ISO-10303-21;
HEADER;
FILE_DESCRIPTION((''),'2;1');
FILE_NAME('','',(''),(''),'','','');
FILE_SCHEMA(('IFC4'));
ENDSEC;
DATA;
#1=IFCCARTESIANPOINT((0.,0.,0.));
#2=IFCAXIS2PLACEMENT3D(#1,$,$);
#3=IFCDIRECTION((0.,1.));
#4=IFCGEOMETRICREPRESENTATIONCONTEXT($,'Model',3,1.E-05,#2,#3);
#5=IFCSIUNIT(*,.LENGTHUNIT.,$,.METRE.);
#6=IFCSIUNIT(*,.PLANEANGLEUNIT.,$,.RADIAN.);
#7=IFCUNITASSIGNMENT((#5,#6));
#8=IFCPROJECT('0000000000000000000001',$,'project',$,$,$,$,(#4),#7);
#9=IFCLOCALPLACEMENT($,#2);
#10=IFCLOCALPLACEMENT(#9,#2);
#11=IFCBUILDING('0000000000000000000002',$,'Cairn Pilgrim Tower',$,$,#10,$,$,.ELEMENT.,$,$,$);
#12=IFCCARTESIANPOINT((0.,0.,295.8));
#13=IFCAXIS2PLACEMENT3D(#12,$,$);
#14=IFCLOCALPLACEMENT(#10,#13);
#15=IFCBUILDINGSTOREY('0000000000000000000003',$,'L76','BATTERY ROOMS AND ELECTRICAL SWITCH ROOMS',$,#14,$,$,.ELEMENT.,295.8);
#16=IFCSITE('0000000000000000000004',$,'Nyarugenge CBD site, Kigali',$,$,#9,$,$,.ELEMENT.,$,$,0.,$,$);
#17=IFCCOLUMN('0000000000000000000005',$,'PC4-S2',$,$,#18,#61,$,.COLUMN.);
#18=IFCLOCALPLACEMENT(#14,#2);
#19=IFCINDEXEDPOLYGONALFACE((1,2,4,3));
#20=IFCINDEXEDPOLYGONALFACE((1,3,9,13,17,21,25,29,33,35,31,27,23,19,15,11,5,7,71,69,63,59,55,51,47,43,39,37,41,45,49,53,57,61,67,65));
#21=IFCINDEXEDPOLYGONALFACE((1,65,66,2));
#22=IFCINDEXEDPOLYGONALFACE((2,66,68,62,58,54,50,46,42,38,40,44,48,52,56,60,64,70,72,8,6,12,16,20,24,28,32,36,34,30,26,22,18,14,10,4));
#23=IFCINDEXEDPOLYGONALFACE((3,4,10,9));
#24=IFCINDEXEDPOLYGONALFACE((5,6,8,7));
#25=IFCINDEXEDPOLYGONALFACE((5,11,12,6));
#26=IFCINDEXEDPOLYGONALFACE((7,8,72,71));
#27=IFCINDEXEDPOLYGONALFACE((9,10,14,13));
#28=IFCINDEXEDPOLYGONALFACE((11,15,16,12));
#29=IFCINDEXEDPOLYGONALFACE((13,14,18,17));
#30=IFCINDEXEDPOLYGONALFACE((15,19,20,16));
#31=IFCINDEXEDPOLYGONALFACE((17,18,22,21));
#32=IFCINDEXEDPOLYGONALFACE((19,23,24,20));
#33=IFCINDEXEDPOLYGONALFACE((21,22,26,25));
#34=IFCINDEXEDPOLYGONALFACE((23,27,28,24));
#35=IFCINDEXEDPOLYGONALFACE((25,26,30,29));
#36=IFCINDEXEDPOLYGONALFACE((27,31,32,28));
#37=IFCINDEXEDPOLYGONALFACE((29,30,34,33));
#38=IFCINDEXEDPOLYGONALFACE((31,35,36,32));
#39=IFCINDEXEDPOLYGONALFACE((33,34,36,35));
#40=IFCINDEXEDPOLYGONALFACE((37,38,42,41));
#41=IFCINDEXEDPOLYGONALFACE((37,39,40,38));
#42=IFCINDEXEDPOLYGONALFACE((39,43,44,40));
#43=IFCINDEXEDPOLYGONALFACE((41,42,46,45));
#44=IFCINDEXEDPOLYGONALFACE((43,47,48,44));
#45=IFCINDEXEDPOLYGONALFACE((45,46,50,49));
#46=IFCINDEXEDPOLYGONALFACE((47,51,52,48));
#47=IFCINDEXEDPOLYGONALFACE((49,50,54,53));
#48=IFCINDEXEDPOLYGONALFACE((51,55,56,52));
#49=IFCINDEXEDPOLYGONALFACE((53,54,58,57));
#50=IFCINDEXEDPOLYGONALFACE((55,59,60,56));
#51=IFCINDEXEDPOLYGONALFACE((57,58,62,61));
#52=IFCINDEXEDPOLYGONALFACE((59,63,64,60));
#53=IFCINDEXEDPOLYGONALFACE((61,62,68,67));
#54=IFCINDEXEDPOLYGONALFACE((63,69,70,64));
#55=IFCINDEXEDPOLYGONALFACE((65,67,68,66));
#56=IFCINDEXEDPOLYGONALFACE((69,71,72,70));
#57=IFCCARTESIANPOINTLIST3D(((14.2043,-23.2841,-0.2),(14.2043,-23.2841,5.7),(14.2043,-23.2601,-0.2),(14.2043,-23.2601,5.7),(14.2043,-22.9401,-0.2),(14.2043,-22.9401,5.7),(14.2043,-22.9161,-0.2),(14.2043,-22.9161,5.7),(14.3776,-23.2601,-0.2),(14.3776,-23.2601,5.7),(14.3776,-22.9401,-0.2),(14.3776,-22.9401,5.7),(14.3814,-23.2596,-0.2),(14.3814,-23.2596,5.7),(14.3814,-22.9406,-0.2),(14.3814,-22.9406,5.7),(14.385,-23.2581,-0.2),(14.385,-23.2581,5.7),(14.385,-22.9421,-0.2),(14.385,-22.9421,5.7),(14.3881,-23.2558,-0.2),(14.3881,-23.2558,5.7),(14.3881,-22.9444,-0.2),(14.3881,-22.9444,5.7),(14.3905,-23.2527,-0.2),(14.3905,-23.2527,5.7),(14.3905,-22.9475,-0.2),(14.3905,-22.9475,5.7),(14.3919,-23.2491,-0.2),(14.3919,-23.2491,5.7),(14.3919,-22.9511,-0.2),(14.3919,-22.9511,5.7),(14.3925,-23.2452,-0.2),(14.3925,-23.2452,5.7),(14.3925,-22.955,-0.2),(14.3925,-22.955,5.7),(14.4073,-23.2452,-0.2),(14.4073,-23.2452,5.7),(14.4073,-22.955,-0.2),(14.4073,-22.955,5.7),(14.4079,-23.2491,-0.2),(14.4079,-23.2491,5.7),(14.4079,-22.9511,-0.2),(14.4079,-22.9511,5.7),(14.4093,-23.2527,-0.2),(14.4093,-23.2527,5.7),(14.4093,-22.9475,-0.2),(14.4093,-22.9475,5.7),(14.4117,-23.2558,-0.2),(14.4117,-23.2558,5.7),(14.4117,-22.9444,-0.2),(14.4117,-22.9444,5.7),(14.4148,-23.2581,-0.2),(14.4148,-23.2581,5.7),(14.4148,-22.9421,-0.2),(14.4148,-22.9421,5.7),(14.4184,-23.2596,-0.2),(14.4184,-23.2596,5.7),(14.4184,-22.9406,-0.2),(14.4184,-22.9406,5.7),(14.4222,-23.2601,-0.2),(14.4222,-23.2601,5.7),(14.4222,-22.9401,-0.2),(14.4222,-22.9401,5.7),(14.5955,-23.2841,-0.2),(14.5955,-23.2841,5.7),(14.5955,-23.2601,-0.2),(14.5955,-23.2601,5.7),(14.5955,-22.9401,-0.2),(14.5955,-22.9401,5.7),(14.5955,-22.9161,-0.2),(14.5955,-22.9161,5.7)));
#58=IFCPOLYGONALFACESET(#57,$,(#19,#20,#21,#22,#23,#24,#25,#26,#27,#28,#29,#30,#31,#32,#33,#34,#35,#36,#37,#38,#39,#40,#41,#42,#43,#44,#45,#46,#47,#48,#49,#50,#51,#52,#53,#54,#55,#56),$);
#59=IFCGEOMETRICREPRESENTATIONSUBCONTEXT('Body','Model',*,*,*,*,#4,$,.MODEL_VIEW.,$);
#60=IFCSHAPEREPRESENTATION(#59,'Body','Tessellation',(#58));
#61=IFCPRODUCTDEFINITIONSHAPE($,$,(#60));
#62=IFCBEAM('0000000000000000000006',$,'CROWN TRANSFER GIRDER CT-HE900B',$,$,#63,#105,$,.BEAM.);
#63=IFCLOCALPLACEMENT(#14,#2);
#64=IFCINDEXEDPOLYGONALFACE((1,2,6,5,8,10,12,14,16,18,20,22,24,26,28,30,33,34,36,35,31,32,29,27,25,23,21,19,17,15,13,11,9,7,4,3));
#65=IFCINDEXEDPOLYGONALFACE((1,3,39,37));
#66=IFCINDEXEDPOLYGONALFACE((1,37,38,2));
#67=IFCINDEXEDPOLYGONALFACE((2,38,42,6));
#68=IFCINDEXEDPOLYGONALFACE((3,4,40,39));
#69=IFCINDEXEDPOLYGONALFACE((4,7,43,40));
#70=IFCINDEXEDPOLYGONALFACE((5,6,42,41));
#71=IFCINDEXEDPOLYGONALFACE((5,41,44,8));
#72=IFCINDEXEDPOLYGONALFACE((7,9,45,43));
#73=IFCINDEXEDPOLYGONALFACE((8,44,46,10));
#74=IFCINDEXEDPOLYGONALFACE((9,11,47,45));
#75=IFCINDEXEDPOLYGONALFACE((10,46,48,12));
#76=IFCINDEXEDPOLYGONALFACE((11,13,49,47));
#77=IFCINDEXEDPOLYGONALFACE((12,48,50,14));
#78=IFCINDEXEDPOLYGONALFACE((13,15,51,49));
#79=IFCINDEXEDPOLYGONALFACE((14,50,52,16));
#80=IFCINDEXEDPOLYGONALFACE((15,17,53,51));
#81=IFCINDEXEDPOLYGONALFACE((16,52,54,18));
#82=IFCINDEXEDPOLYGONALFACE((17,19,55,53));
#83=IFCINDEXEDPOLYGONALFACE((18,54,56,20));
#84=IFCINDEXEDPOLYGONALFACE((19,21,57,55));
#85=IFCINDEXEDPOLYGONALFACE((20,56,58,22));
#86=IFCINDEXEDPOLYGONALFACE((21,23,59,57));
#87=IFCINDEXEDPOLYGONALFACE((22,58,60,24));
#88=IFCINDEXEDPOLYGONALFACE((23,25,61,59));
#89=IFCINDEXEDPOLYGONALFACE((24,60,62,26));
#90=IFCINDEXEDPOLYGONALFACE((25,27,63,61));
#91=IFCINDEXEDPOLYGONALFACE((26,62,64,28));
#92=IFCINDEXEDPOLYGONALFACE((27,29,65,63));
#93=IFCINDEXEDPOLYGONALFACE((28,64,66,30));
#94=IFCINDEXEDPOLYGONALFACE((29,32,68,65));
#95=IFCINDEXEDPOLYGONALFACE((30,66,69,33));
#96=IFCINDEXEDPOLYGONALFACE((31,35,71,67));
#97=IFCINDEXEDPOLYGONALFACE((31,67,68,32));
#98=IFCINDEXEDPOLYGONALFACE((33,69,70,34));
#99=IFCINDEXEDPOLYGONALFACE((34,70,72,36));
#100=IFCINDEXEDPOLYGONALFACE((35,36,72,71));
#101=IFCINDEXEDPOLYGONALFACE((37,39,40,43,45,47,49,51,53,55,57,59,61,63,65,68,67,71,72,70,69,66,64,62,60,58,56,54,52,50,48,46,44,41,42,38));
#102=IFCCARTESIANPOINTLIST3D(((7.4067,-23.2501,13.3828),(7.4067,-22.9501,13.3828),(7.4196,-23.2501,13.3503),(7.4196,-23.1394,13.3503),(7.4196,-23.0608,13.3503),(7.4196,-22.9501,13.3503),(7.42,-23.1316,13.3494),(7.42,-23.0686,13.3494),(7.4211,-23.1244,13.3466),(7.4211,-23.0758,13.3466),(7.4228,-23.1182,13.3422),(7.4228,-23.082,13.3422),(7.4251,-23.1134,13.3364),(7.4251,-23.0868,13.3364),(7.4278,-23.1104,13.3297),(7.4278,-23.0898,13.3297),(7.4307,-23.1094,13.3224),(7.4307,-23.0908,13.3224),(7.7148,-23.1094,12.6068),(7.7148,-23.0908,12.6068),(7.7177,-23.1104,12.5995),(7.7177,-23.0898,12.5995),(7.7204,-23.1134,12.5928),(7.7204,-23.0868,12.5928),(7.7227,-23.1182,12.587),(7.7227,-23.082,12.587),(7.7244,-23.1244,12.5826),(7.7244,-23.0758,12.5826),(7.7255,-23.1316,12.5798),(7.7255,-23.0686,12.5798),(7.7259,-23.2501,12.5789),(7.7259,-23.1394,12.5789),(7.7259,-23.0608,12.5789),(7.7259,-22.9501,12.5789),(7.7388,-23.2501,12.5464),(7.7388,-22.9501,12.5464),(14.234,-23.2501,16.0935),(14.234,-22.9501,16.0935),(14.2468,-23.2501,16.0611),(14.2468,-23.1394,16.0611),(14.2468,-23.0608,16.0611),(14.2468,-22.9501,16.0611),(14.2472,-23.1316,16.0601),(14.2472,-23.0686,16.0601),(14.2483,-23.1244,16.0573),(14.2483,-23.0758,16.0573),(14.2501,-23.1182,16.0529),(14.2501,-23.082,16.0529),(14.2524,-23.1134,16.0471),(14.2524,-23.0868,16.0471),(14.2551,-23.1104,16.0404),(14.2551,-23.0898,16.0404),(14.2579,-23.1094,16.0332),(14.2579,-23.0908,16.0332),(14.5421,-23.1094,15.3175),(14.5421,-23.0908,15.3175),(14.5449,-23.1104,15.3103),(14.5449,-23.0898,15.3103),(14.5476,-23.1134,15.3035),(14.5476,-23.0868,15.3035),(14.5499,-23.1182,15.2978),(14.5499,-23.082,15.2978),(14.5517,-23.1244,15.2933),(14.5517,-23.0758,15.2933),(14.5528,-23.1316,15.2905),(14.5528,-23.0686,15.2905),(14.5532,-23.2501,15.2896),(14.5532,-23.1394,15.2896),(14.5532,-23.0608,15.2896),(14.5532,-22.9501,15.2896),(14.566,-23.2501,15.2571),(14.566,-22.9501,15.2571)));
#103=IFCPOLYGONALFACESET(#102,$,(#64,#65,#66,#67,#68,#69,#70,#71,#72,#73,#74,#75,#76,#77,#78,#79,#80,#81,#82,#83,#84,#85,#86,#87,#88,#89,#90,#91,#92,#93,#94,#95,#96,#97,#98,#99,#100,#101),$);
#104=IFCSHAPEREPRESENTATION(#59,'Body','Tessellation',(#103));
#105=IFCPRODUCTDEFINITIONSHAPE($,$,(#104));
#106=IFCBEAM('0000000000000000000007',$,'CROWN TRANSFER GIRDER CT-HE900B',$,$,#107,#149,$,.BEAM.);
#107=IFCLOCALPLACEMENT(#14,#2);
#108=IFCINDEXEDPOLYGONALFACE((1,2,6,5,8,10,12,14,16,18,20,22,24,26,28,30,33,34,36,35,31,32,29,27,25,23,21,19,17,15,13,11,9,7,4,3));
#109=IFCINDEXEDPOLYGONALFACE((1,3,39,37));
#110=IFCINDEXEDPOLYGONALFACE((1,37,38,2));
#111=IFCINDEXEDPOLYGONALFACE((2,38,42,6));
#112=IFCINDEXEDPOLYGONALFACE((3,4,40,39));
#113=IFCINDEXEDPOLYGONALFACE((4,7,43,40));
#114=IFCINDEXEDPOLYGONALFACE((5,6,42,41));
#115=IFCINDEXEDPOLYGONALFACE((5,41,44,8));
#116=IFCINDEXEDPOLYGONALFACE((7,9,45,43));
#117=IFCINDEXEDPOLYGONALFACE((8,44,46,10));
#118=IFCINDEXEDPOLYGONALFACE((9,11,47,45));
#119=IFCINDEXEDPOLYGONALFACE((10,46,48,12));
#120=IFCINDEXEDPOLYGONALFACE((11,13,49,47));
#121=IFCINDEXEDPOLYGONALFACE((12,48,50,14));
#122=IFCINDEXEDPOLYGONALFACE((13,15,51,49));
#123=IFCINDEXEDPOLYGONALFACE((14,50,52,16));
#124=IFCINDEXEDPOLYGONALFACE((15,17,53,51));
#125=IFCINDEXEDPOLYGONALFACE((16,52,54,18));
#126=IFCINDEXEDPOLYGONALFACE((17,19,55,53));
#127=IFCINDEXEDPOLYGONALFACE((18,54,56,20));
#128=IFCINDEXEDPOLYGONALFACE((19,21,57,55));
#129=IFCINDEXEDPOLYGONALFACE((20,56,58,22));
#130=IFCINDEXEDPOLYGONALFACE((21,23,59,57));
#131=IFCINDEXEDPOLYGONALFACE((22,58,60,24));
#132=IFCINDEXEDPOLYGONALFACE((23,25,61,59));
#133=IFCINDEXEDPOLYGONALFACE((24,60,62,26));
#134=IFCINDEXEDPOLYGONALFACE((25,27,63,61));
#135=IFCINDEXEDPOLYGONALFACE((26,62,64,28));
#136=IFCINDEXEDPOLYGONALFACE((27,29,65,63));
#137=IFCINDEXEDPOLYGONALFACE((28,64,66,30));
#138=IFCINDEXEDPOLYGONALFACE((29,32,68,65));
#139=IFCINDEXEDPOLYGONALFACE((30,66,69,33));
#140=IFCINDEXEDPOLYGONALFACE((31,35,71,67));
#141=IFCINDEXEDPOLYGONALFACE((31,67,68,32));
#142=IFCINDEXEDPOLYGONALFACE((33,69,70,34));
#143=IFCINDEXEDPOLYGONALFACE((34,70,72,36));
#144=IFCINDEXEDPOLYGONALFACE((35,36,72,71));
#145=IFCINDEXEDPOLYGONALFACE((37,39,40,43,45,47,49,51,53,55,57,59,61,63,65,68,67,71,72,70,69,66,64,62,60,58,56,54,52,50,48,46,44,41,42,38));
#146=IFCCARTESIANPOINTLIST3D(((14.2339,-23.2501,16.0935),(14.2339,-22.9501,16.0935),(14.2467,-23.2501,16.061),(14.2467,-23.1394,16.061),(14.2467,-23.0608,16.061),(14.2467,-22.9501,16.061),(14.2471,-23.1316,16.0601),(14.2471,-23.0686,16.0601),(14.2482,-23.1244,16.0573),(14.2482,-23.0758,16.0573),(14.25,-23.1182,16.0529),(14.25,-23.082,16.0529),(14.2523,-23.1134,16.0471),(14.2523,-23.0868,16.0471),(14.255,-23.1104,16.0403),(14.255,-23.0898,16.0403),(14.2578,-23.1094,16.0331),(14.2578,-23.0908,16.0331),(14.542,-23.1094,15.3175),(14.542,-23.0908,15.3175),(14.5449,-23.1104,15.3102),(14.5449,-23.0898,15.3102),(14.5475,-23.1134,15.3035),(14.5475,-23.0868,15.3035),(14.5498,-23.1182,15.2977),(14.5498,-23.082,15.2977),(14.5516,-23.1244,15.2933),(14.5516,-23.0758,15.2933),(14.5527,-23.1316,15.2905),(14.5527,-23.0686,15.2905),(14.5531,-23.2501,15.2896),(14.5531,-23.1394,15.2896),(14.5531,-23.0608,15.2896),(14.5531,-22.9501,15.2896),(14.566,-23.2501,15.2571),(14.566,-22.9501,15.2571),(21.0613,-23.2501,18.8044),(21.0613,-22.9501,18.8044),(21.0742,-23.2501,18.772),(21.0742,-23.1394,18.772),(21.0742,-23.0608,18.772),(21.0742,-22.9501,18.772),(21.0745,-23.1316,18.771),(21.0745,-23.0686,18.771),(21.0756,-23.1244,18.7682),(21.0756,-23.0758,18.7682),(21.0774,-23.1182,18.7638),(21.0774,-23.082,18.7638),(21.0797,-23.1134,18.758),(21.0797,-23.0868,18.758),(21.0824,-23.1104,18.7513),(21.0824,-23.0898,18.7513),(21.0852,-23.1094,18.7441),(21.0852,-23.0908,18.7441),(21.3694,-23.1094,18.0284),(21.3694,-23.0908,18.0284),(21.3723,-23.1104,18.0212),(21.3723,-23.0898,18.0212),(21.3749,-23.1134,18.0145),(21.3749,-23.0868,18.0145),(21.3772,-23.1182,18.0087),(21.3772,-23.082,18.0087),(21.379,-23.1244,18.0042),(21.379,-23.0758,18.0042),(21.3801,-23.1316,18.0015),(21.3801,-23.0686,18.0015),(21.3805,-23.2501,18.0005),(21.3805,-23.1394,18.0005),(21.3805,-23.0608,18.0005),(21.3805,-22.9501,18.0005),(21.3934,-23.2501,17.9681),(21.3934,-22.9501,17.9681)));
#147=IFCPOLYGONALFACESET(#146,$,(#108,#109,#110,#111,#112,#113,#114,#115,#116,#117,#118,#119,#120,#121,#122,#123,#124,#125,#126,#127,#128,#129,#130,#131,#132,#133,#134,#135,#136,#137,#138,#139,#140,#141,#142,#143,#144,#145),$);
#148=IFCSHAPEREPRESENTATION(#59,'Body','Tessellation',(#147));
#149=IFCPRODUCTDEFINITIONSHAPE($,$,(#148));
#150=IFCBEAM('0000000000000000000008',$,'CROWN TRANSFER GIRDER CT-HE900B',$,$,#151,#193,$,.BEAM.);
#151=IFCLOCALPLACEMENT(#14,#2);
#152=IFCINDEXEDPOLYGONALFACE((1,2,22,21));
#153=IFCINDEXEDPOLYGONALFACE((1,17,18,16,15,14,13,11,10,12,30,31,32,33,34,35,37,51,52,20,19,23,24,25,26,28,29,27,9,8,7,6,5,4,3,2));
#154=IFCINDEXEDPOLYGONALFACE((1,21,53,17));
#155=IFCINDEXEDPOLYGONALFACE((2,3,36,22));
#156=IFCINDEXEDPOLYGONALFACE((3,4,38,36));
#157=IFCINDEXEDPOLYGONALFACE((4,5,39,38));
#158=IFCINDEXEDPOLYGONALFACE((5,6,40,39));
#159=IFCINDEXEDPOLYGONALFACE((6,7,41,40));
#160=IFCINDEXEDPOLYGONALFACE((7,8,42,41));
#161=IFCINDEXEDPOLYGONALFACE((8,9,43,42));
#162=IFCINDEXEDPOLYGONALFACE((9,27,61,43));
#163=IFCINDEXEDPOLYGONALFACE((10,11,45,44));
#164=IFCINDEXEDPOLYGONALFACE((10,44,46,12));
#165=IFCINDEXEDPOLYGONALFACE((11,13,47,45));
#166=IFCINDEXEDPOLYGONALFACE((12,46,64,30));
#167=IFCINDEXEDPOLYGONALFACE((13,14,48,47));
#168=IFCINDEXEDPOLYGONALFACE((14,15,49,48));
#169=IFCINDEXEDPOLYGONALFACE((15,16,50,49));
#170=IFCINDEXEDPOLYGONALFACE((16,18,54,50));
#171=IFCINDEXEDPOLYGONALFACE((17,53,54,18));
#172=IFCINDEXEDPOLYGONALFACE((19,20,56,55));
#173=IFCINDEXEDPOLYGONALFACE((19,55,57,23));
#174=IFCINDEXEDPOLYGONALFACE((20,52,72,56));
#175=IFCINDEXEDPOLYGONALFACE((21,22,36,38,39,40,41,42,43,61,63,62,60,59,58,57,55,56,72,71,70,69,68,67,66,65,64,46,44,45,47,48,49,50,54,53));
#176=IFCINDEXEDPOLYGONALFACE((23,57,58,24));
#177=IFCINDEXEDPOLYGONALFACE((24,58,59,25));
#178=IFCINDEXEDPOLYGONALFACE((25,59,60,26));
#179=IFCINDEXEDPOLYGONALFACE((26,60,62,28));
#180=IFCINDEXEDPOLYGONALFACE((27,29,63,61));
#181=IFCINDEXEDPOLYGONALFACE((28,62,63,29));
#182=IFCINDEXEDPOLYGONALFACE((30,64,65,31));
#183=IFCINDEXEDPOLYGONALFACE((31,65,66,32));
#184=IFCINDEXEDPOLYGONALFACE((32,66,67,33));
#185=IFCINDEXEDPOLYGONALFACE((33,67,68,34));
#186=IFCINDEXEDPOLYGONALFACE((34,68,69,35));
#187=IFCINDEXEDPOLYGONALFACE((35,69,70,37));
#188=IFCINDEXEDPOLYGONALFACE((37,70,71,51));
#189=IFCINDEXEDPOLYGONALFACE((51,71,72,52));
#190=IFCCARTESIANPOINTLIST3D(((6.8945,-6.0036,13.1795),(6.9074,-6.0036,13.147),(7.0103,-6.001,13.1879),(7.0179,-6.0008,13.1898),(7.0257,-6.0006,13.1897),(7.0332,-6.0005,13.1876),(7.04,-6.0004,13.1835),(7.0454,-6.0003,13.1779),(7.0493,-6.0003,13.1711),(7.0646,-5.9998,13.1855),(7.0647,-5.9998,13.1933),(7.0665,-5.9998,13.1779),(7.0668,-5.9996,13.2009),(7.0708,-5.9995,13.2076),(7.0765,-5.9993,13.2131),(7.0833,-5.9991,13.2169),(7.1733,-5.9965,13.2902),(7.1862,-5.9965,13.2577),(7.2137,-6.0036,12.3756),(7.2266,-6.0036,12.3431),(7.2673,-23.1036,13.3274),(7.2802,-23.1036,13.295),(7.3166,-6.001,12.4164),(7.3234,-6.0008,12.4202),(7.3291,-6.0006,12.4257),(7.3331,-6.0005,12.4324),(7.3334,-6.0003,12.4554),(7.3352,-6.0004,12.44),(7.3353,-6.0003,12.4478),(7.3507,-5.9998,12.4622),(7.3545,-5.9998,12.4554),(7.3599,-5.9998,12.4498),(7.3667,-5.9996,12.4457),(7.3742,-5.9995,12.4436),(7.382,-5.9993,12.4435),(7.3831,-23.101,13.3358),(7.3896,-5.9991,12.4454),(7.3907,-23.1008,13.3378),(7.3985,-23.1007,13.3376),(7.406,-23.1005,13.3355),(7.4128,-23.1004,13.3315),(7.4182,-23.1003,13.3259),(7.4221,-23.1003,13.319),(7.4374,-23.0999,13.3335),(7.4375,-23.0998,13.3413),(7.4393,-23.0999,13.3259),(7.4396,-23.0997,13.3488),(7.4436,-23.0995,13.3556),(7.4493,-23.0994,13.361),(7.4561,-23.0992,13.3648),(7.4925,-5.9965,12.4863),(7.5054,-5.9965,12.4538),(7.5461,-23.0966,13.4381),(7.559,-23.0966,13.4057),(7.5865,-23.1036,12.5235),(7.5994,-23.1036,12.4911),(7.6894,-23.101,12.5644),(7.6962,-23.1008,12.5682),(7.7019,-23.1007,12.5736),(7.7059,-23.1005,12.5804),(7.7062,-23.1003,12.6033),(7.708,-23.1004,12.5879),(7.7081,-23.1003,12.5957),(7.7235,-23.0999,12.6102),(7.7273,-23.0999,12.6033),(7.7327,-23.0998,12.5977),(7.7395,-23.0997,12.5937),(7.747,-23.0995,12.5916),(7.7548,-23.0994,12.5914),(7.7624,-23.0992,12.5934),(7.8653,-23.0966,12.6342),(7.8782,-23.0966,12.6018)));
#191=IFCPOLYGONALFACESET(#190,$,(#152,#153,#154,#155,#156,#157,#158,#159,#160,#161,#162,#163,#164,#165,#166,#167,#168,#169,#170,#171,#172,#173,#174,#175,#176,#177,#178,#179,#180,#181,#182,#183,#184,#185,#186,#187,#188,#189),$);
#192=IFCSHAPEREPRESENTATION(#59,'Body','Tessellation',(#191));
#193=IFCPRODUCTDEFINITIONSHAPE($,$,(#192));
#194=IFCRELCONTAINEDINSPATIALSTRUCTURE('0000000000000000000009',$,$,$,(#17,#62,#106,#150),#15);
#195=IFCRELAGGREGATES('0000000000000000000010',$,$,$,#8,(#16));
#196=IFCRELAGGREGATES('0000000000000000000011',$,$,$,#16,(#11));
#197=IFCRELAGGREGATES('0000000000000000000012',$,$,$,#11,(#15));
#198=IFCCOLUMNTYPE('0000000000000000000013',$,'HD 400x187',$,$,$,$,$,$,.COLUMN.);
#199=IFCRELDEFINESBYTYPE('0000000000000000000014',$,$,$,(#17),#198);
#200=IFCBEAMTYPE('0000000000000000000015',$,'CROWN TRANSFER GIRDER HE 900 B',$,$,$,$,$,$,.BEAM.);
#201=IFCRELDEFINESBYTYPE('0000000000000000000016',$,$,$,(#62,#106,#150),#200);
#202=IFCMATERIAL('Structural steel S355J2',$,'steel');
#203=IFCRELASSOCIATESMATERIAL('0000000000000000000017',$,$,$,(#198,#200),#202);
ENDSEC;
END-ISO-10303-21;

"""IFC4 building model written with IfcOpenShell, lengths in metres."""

from ifc_helpers import new_model, si_unit, direction, frame, origin, origin_2d, place, context, subcontext, project, spatial, i_section, extrude, material, material_profile, profile_set, type_object, element, save


model = new_model("IFC4")

# Units and contexts
model_context = context("Model", 3, precision=1e-05, world=origin(), true_north=direction((0.0, 1.0)))
body_context = subcontext(model_context, "Body", "Model", "MODEL_VIEW")
ifc_project = project(units=[si_unit("LENGTHUNIT", "METRE"), si_unit("PLANEANGLEUNIT", "RADIAN")], contexts=[model_context])

# Site, building, storey
site_placement = place(None, origin())
site = spatial("IfcSite", under=ifc_project, at=site_placement, Name="Nyarugenge CBD site, Kigali", CompositionType="ELEMENT", RefElevation=0.0)
building_placement = place(site_placement, origin())
building = spatial("IfcBuilding", under=site, at=building_placement, Name="Cairn Pilgrim Tower", CompositionType="ELEMENT")
storey_placement = place(building_placement, frame((0.0, 0.0, 295.8)))
storey = spatial("IfcBuildingStorey", under=building, at=storey_placement, Name="L76", Description="BATTERY ROOMS AND ELECTRICAL SWITCH ROOMS", CompositionType="ELEMENT", Elevation=295.8)

# Column
ifc_material_1 = material(Name="Structural steel S355J2", Category="steel")
ifc_material_profile_1 = material_profile(ifc_material_1, i_section(OverallWidth=0.3911, OverallDepth=0.3679, WebThickness=0.0149, FlangeThickness=0.0239, FilletRadius=0.0149, at=origin_2d()), Name="HD 400x187")
ifc_profile_set_1 = profile_set([ifc_material_profile_1], Name="Structural steel S355J2")
column_type_1 = type_object("IfcColumnType", Name="HD 400x187", PredefinedType="COLUMN", material=ifc_profile_set_1)
for number, where, z_axis, x_axis, name in (
    (1, (14.3999, -23.1001, -0.2), (0.0, 0.0, 1.0), (1.0, 0.0, 0.0), "PC4-S2"),
):
    element("IfcColumn", number, at=place(storey_placement, frame(where, z_axis=z_axis, x_axis=x_axis)), inside=storey, type_object=column_type_1, Name=name, PredefinedType="COLUMN", context=body_context, shape_type="SweptSolid", body=[
        extrude(i_section(OverallWidth=0.3911, OverallDepth=0.3679, WebThickness=0.0149, FlangeThickness=0.0239, FilletRadius=0.0149, at=origin_2d()), origin(), (0.0, 0.0, 1.0), 5.8999),
    ])

# Beams
ifc_material_profile_2 = material_profile(ifc_material_1, i_section(OverallWidth=0.3, OverallDepth=0.8999, WebThickness=0.0186, FlangeThickness=0.0349, FilletRadius=0.03, at=origin_2d()), Name="HEB 900")
ifc_profile_set_2 = profile_set([ifc_material_profile_2], Name="Structural steel S355J2")
beam_type_1 = type_object("IfcBeamType", Name="CROWN TRANSFER GIRDER HE 900 B", PredefinedType="BEAM", material=ifc_profile_set_2)
beam_1_placement = place(storey_placement, frame((7.5728, -23.1001, 12.9646), z_axis=(0.92942, 0.0, 0.369023), x_axis=(0.0, 1.0, 0.0)))
element("IfcBeam", 2, at=beam_1_placement, inside=storey, type_object=beam_type_1, Name="CROWN TRANSFER GIRDER CT-HE900B", PredefinedType="BEAM", context=body_context, shape_type="SweptSolid", body=[
    extrude(i_section(OverallWidth=0.3, OverallDepth=0.8999, WebThickness=0.0186, FlangeThickness=0.0349, FilletRadius=0.03, at=origin_2d()), origin(), (0.0, 0.0, 1.0), 7.3457),
])
beam_2_placement = place(storey_placement, frame((14.3999, -23.1001, 15.6753), z_axis=(0.929413, 0.0, 0.36904), x_axis=(0.0, 1.0, 0.0)))
element("IfcBeam", 3, at=beam_2_placement, inside=storey, type_object=beam_type_1, Name="CROWN TRANSFER GIRDER CT-HE900B", PredefinedType="BEAM", context=body_context, shape_type="SweptSolid", body=[
    extrude(i_section(OverallWidth=0.3, OverallDepth=0.8999, WebThickness=0.0186, FlangeThickness=0.0349, FilletRadius=0.03, at=origin_2d()), origin(), (0.0, 0.0, 1.0), 7.3459),
])
beam_3_placement = place(storey_placement, frame((7.5728, -23.1001, 12.9646), z_axis=(-0.021795, 0.999725, -0.00865), x_axis=(-0.929161, -0.023449, -0.368932)))
element("IfcBeam", 4, at=beam_3_placement, inside=storey, type_object=beam_type_1, Name="CROWN TRANSFER GIRDER CT-HE900B", PredefinedType="BEAM", context=body_context, shape_type="SweptSolid", body=[
    extrude(i_section(OverallWidth=0.3, OverallDepth=0.8999, WebThickness=0.0186, FlangeThickness=0.0349, FilletRadius=0.03, at=origin_2d()), origin(), (0.0, 0.0, 1.0), 17.1047),
])

save(model, "model.ifc")
